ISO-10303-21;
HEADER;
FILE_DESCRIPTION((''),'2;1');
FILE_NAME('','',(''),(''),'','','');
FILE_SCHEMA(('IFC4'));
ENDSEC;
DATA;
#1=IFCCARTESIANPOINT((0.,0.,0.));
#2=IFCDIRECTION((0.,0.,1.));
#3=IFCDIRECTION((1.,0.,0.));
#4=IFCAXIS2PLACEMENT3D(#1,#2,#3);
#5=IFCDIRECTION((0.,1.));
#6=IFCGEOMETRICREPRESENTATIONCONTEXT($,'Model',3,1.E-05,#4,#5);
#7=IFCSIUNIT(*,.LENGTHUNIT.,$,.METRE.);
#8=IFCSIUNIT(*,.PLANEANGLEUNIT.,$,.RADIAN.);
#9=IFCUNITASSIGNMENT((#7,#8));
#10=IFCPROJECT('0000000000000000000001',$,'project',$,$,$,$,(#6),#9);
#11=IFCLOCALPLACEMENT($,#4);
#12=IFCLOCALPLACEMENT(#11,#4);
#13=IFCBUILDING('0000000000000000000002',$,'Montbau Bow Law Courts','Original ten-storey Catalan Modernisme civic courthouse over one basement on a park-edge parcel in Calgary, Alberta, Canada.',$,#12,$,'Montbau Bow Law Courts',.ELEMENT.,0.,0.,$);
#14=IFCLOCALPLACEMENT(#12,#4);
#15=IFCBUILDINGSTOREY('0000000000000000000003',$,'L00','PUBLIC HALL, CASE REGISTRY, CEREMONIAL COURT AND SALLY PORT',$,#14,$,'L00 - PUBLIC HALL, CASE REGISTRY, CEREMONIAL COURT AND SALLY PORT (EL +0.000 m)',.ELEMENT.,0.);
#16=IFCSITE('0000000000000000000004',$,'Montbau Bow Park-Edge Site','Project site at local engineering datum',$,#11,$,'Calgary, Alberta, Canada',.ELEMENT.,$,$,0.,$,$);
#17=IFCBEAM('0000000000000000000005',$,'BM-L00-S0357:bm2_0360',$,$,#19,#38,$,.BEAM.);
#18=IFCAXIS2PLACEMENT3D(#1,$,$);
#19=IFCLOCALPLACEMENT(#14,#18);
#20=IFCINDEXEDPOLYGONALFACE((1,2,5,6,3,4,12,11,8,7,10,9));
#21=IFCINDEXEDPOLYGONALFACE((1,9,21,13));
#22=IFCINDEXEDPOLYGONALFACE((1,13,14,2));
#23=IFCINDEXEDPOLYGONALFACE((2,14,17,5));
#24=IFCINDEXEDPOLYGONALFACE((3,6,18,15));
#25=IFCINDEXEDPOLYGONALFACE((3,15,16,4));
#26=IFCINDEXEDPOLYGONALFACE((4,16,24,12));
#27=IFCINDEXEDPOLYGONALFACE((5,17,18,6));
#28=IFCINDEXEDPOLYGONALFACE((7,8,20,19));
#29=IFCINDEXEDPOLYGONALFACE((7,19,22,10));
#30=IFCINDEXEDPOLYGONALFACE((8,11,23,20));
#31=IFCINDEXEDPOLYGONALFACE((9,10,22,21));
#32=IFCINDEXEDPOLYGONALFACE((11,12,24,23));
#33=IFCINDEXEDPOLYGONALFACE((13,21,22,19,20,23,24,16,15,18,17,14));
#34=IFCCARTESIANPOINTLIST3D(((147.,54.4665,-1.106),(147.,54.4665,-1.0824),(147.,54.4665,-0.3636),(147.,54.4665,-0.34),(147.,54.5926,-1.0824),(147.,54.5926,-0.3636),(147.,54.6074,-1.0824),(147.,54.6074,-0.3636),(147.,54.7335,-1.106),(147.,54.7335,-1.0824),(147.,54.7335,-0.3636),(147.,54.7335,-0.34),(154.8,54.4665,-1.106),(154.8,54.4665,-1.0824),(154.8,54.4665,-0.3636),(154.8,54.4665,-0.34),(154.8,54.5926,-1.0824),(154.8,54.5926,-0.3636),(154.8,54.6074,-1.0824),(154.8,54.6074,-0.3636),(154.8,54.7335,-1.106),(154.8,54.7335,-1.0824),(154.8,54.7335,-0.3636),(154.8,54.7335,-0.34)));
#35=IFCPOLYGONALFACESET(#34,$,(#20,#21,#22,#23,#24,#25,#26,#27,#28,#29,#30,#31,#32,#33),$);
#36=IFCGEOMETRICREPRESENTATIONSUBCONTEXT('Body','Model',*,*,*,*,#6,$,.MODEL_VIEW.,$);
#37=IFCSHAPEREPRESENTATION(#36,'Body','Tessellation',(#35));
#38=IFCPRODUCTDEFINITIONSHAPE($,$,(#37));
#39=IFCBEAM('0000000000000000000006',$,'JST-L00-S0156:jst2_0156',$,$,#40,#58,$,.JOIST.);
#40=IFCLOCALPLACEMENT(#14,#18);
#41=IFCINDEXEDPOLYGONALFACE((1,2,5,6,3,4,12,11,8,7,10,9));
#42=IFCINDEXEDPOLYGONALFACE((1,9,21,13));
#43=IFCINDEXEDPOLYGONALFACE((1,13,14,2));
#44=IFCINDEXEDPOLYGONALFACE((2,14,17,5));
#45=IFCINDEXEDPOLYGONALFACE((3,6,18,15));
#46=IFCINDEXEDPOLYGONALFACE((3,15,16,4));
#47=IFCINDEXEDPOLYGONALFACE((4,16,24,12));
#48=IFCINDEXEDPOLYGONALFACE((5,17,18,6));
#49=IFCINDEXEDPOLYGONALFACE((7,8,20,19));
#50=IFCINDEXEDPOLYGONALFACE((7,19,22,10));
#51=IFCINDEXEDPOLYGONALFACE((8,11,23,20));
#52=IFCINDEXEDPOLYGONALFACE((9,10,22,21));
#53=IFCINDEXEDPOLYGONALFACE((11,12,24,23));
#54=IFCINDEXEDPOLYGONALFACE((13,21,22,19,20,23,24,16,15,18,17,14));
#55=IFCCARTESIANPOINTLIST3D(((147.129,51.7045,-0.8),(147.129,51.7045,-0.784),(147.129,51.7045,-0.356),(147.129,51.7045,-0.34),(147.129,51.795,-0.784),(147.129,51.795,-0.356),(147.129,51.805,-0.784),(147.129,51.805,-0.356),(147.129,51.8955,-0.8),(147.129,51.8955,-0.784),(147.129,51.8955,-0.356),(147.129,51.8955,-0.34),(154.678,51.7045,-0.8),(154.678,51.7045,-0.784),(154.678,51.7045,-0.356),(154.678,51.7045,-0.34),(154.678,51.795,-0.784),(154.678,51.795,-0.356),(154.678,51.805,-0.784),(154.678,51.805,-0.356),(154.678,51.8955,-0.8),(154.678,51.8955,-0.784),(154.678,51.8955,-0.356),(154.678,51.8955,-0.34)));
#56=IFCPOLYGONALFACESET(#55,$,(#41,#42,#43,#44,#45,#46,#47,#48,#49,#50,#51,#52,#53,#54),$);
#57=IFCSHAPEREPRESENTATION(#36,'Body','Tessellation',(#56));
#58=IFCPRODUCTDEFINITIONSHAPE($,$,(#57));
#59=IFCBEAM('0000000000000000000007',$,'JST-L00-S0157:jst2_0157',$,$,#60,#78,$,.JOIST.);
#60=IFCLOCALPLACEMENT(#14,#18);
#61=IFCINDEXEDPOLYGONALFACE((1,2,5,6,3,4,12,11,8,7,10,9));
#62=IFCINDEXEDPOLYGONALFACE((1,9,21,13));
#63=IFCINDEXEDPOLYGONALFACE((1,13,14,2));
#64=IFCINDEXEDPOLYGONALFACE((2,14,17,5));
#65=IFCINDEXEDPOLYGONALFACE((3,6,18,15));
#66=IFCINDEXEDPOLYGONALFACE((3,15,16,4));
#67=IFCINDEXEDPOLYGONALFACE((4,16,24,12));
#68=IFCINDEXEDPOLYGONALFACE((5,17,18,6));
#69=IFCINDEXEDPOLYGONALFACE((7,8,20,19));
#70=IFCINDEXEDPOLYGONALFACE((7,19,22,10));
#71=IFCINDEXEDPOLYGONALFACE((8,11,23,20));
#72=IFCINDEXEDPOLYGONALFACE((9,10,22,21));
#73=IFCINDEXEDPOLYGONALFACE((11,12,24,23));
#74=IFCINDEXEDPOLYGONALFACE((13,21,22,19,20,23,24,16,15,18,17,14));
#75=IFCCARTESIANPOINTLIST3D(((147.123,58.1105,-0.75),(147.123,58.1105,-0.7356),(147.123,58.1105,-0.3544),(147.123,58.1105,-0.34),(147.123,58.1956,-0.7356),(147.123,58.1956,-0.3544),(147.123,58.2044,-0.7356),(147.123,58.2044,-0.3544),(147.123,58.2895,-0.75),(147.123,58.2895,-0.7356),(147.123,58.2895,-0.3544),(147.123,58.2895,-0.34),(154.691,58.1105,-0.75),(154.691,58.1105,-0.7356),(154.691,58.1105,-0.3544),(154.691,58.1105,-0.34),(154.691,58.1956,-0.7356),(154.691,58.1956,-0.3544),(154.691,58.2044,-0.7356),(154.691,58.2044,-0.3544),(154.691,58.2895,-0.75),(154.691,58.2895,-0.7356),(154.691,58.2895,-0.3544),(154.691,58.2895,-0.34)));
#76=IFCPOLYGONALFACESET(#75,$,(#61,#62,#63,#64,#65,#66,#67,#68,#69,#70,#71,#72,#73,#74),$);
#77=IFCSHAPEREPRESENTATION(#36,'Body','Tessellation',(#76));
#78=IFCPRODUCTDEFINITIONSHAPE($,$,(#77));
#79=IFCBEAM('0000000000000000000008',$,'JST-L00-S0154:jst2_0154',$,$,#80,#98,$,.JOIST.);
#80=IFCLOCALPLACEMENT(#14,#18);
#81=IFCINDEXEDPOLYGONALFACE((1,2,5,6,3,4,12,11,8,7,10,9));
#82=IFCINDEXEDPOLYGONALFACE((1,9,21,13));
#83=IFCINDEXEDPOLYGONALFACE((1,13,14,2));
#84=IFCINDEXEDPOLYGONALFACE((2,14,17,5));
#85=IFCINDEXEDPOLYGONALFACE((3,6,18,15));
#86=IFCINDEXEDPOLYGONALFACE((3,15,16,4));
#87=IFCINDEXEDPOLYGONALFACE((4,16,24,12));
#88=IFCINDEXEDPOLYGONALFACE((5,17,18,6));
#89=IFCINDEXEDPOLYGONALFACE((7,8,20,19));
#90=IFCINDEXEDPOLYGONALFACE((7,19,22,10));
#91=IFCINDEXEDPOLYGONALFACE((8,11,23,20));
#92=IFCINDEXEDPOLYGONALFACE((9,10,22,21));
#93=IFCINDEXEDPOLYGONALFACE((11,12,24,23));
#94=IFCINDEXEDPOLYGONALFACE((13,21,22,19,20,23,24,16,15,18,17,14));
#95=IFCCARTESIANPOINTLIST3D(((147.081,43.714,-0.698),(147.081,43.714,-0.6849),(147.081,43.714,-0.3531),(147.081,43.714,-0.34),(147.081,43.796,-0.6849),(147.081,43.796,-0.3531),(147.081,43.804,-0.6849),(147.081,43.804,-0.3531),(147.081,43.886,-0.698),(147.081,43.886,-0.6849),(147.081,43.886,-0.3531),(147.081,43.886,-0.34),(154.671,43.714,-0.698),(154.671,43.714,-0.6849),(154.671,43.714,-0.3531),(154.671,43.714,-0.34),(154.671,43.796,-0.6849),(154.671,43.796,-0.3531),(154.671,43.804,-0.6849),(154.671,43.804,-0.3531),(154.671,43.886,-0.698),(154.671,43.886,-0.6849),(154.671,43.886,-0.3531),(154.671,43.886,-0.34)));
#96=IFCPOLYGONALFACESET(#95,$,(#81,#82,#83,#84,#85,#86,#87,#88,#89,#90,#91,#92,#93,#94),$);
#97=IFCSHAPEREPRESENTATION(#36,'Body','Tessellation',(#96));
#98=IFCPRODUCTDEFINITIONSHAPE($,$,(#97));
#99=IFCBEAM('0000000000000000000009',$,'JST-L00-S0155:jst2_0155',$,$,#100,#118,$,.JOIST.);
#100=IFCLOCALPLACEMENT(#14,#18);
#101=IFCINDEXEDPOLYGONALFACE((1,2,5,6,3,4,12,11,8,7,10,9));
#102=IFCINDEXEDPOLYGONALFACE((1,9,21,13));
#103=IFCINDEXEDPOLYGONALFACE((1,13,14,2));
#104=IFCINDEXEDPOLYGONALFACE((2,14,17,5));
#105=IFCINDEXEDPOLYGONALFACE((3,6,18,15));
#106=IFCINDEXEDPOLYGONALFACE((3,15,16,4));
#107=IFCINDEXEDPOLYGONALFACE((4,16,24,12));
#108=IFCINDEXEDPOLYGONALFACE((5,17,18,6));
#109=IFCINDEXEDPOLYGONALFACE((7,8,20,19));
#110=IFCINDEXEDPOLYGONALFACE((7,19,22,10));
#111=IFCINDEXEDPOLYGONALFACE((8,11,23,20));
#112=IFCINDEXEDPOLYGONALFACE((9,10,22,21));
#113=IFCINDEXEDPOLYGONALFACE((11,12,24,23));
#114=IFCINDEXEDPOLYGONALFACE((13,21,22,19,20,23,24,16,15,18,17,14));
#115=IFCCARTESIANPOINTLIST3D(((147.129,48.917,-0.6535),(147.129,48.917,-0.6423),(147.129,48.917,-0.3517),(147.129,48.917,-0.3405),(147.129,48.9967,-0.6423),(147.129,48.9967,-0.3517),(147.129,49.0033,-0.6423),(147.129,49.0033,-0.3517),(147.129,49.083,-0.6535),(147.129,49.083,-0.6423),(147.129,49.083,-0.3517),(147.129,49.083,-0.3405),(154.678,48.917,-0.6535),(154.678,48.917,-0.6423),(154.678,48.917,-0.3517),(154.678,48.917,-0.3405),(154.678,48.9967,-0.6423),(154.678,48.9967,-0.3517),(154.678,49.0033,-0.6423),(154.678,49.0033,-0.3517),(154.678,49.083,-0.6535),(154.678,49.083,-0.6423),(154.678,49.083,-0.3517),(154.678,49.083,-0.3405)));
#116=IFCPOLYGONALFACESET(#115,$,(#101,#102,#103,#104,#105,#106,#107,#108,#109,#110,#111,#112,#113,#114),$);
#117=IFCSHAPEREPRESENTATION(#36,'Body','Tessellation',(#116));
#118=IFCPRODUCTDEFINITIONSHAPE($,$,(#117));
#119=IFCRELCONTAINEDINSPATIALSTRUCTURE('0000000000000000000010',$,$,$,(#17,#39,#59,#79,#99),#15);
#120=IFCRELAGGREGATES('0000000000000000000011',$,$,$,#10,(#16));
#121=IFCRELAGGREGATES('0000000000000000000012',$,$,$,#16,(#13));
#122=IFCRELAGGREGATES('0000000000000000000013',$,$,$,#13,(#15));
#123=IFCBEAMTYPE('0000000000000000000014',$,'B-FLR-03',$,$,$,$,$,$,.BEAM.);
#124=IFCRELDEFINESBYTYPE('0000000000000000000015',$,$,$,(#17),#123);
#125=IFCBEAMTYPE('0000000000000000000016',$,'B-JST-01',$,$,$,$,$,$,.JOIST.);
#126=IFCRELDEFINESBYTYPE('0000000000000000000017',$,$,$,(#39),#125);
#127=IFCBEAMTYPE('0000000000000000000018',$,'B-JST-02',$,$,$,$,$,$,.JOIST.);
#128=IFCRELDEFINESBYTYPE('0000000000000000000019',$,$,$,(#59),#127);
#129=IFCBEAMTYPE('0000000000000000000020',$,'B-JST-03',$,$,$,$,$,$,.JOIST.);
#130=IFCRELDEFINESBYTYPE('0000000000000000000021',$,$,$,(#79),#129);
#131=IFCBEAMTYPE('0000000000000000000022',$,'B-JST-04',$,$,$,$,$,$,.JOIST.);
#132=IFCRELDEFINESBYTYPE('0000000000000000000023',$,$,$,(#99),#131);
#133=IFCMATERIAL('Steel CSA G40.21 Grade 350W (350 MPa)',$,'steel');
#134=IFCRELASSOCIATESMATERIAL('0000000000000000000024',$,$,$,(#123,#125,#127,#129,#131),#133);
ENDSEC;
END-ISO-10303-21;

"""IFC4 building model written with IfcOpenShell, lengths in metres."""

from ifc_helpers import new_model, si_unit, direction, frame, origin_with_axes, origin_2d_with_axis, place, context, subcontext, project, spatial, i_section, extrude, material, material_profile, profile_set, type_object, element, save


model = new_model("IFC4")

# Units and contexts
model_context = context("Model", 3, precision=1e-05, world=origin_with_axes(), true_north=direction((0.0, 1.0)))
body_context = subcontext(model_context, "Body", "Model", "MODEL_VIEW")
ifc_project = project(units=[si_unit("LENGTHUNIT", "METRE"), si_unit("PLANEANGLEUNIT", "RADIAN")], contexts=[model_context])

# Site, building, storey
site_placement = place(None, origin_with_axes())
site = spatial("IfcSite", under=ifc_project, at=site_placement, Name="Montbau Bow Park-Edge Site", Description="Project site at local engineering datum", LongName="Calgary, Alberta, Canada", CompositionType="ELEMENT", RefElevation=0.0)
building_placement = place(site_placement, origin_with_axes())
building = spatial("IfcBuilding", under=site, at=building_placement, Name="Montbau Bow Law Courts", Description="Original ten-storey Catalan Modernisme civic courthouse over one basement on a park-edge parcel in Calgary, Alberta, Canada.", LongName="Montbau Bow Law Courts", CompositionType="ELEMENT", ElevationOfRefHeight=0.0, ElevationOfTerrain=0.0)
storey_placement = place(building_placement, origin_with_axes())
storey = spatial("IfcBuildingStorey", under=building, at=storey_placement, Name="L00", Description="PUBLIC HALL, CASE REGISTRY, CEREMONIAL COURT AND SALLY PORT", LongName="L00 - PUBLIC HALL, CASE REGISTRY, CEREMONIAL COURT AND SALLY PORT (EL +0.000 m)", CompositionType="ELEMENT", Elevation=0.0)

# Beams
ifc_material_1 = material(Name="Steel CSA G40.21 Grade 350W (350 MPa)", Category="steel")
ifc_material_profile_1 = material_profile(ifc_material_1, i_section(OverallWidth=0.267, OverallDepth=0.766, WebThickness=0.0149, FlangeThickness=0.0236, at=origin_2d_with_axis()), Name="W760X185", Category="Main", Priority=0)
ifc_profile_set_1 = profile_set([ifc_material_profile_1], Name="Steel CSA G40.21 Grade 350W (350 MPa)")
beam_type_1 = type_object("IfcBeamType", Name="B-FLR-03", PredefinedType="BEAM", material=ifc_profile_set_1)
beam_1_placement = place(None, frame((147.0, 54.6, -0.723), z_axis=(1.0, 0.0, 0.0), x_axis=(0.0, 1.0, 0.0)))
element("IfcBeam", 1, at=beam_1_placement, inside=storey, type_object=beam_type_1, Name="BM-L00-S0357:bm2_0360", PredefinedType="BEAM", context=body_context, shape_type="SweptSolid", body=[
    extrude(i_section(OverallWidth=0.267, OverallDepth=0.766, WebThickness=0.0149, FlangeThickness=0.0236, at=origin_2d_with_axis()), origin_with_axes(), (0.0, 0.0, 1.0), 7.8),
])
ifc_material_profile_2 = material_profile(ifc_material_1, i_section(OverallWidth=0.191, OverallDepth=0.46, WebThickness=0.0099, FlangeThickness=0.016, at=origin_2d_with_axis()), Name="W460X82", Category="Main", Priority=0)
ifc_profile_set_2 = profile_set([ifc_material_profile_2], Name="Steel CSA G40.21 Grade 350W (350 MPa)")
beam_type_2 = type_object("IfcBeamType", Name="B-JST-01", PredefinedType="JOIST", material=ifc_profile_set_2)
beam_2_placement = place(None, frame((147.129, 51.8, -0.57), z_axis=(1.0, 0.0, 0.0), x_axis=(0.0, 1.0, 0.0)))
element("IfcBeam", 2, at=beam_2_placement, inside=storey, type_object=beam_type_2, Name="JST-L00-S0156:jst2_0156", PredefinedType="JOIST", context=body_context, shape_type="SweptSolid", body=[
    extrude(i_section(OverallWidth=0.191, OverallDepth=0.46, WebThickness=0.0099, FlangeThickness=0.016, at=origin_2d_with_axis()), origin_with_axes(), (0.0, 0.0, 1.0), 7.549),
])
ifc_material_profile_3 = material_profile(ifc_material_1, i_section(OverallWidth=0.179, OverallDepth=0.41, WebThickness=0.0088, FlangeThickness=0.0144, at=origin_2d_with_axis()), Name="W410X67", Category="Main", Priority=0)
ifc_profile_set_3 = profile_set([ifc_material_profile_3], Name="Steel CSA G40.21 Grade 350W (350 MPa)")
beam_type_3 = type_object("IfcBeamType", Name="B-JST-02", PredefinedType="JOIST", material=ifc_profile_set_3)
beam_3_placement = place(None, frame((147.123, 58.2, -0.545), z_axis=(1.0, 0.0, 0.0), x_axis=(0.0, 1.0, 0.0)))
element("IfcBeam", 3, at=beam_3_placement, inside=storey, type_object=beam_type_3, Name="JST-L00-S0157:jst2_0157", PredefinedType="JOIST", context=body_context, shape_type="SweptSolid", body=[
    extrude(i_section(OverallWidth=0.179, OverallDepth=0.41, WebThickness=0.0088, FlangeThickness=0.0144, at=origin_2d_with_axis()), origin_with_axes(), (0.0, 0.0, 1.0), 7.568),
])
ifc_material_profile_4 = material_profile(ifc_material_1, i_section(OverallWidth=0.172, OverallDepth=0.358, WebThickness=0.0079, FlangeThickness=0.0131, at=origin_2d_with_axis()), Name="W360X57", Category="Main", Priority=0)
ifc_profile_set_4 = profile_set([ifc_material_profile_4], Name="Steel CSA G40.21 Grade 350W (350 MPa)")
beam_type_4 = type_object("IfcBeamType", Name="B-JST-03", PredefinedType="JOIST", material=ifc_profile_set_4)
beam_4_placement = place(None, frame((147.081, 43.8, -0.519), z_axis=(1.0, 0.0, 0.0), x_axis=(0.0, 1.0, 0.0)))
element("IfcBeam", 4, at=beam_4_placement, inside=storey, type_object=beam_type_4, Name="JST-L00-S0154:jst2_0154", PredefinedType="JOIST", context=body_context, shape_type="SweptSolid", body=[
    extrude(i_section(OverallWidth=0.172, OverallDepth=0.358, WebThickness=0.0079, FlangeThickness=0.0131, at=origin_2d_with_axis()), origin_with_axes(), (0.0, 0.0, 1.0), 7.59),
])
ifc_material_profile_5 = material_profile(ifc_material_1, i_section(OverallWidth=0.166, OverallDepth=0.313, WebThickness=0.0066, FlangeThickness=0.0112, at=origin_2d_with_axis()), Name="W310X45", Category="Main", Priority=0)
ifc_profile_set_5 = profile_set([ifc_material_profile_5], Name="Steel CSA G40.21 Grade 350W (350 MPa)")
beam_type_5 = type_object("IfcBeamType", Name="B-JST-04", PredefinedType="JOIST", material=ifc_profile_set_5)
beam_5_placement = place(None, frame((147.129, 49.0, -0.497), z_axis=(1.0, 0.0, 0.0), x_axis=(0.0, 1.0, 0.0)))
element("IfcBeam", 5, at=beam_5_placement, inside=storey, type_object=beam_type_5, Name="JST-L00-S0155:jst2_0155", PredefinedType="JOIST", context=body_context, shape_type="SweptSolid", body=[
    extrude(i_section(OverallWidth=0.166, OverallDepth=0.313, WebThickness=0.0066, FlangeThickness=0.0112, at=origin_2d_with_axis()), origin_with_axes(), (0.0, 0.0, 1.0), 7.549),
])

save(model, "model.ifc")
